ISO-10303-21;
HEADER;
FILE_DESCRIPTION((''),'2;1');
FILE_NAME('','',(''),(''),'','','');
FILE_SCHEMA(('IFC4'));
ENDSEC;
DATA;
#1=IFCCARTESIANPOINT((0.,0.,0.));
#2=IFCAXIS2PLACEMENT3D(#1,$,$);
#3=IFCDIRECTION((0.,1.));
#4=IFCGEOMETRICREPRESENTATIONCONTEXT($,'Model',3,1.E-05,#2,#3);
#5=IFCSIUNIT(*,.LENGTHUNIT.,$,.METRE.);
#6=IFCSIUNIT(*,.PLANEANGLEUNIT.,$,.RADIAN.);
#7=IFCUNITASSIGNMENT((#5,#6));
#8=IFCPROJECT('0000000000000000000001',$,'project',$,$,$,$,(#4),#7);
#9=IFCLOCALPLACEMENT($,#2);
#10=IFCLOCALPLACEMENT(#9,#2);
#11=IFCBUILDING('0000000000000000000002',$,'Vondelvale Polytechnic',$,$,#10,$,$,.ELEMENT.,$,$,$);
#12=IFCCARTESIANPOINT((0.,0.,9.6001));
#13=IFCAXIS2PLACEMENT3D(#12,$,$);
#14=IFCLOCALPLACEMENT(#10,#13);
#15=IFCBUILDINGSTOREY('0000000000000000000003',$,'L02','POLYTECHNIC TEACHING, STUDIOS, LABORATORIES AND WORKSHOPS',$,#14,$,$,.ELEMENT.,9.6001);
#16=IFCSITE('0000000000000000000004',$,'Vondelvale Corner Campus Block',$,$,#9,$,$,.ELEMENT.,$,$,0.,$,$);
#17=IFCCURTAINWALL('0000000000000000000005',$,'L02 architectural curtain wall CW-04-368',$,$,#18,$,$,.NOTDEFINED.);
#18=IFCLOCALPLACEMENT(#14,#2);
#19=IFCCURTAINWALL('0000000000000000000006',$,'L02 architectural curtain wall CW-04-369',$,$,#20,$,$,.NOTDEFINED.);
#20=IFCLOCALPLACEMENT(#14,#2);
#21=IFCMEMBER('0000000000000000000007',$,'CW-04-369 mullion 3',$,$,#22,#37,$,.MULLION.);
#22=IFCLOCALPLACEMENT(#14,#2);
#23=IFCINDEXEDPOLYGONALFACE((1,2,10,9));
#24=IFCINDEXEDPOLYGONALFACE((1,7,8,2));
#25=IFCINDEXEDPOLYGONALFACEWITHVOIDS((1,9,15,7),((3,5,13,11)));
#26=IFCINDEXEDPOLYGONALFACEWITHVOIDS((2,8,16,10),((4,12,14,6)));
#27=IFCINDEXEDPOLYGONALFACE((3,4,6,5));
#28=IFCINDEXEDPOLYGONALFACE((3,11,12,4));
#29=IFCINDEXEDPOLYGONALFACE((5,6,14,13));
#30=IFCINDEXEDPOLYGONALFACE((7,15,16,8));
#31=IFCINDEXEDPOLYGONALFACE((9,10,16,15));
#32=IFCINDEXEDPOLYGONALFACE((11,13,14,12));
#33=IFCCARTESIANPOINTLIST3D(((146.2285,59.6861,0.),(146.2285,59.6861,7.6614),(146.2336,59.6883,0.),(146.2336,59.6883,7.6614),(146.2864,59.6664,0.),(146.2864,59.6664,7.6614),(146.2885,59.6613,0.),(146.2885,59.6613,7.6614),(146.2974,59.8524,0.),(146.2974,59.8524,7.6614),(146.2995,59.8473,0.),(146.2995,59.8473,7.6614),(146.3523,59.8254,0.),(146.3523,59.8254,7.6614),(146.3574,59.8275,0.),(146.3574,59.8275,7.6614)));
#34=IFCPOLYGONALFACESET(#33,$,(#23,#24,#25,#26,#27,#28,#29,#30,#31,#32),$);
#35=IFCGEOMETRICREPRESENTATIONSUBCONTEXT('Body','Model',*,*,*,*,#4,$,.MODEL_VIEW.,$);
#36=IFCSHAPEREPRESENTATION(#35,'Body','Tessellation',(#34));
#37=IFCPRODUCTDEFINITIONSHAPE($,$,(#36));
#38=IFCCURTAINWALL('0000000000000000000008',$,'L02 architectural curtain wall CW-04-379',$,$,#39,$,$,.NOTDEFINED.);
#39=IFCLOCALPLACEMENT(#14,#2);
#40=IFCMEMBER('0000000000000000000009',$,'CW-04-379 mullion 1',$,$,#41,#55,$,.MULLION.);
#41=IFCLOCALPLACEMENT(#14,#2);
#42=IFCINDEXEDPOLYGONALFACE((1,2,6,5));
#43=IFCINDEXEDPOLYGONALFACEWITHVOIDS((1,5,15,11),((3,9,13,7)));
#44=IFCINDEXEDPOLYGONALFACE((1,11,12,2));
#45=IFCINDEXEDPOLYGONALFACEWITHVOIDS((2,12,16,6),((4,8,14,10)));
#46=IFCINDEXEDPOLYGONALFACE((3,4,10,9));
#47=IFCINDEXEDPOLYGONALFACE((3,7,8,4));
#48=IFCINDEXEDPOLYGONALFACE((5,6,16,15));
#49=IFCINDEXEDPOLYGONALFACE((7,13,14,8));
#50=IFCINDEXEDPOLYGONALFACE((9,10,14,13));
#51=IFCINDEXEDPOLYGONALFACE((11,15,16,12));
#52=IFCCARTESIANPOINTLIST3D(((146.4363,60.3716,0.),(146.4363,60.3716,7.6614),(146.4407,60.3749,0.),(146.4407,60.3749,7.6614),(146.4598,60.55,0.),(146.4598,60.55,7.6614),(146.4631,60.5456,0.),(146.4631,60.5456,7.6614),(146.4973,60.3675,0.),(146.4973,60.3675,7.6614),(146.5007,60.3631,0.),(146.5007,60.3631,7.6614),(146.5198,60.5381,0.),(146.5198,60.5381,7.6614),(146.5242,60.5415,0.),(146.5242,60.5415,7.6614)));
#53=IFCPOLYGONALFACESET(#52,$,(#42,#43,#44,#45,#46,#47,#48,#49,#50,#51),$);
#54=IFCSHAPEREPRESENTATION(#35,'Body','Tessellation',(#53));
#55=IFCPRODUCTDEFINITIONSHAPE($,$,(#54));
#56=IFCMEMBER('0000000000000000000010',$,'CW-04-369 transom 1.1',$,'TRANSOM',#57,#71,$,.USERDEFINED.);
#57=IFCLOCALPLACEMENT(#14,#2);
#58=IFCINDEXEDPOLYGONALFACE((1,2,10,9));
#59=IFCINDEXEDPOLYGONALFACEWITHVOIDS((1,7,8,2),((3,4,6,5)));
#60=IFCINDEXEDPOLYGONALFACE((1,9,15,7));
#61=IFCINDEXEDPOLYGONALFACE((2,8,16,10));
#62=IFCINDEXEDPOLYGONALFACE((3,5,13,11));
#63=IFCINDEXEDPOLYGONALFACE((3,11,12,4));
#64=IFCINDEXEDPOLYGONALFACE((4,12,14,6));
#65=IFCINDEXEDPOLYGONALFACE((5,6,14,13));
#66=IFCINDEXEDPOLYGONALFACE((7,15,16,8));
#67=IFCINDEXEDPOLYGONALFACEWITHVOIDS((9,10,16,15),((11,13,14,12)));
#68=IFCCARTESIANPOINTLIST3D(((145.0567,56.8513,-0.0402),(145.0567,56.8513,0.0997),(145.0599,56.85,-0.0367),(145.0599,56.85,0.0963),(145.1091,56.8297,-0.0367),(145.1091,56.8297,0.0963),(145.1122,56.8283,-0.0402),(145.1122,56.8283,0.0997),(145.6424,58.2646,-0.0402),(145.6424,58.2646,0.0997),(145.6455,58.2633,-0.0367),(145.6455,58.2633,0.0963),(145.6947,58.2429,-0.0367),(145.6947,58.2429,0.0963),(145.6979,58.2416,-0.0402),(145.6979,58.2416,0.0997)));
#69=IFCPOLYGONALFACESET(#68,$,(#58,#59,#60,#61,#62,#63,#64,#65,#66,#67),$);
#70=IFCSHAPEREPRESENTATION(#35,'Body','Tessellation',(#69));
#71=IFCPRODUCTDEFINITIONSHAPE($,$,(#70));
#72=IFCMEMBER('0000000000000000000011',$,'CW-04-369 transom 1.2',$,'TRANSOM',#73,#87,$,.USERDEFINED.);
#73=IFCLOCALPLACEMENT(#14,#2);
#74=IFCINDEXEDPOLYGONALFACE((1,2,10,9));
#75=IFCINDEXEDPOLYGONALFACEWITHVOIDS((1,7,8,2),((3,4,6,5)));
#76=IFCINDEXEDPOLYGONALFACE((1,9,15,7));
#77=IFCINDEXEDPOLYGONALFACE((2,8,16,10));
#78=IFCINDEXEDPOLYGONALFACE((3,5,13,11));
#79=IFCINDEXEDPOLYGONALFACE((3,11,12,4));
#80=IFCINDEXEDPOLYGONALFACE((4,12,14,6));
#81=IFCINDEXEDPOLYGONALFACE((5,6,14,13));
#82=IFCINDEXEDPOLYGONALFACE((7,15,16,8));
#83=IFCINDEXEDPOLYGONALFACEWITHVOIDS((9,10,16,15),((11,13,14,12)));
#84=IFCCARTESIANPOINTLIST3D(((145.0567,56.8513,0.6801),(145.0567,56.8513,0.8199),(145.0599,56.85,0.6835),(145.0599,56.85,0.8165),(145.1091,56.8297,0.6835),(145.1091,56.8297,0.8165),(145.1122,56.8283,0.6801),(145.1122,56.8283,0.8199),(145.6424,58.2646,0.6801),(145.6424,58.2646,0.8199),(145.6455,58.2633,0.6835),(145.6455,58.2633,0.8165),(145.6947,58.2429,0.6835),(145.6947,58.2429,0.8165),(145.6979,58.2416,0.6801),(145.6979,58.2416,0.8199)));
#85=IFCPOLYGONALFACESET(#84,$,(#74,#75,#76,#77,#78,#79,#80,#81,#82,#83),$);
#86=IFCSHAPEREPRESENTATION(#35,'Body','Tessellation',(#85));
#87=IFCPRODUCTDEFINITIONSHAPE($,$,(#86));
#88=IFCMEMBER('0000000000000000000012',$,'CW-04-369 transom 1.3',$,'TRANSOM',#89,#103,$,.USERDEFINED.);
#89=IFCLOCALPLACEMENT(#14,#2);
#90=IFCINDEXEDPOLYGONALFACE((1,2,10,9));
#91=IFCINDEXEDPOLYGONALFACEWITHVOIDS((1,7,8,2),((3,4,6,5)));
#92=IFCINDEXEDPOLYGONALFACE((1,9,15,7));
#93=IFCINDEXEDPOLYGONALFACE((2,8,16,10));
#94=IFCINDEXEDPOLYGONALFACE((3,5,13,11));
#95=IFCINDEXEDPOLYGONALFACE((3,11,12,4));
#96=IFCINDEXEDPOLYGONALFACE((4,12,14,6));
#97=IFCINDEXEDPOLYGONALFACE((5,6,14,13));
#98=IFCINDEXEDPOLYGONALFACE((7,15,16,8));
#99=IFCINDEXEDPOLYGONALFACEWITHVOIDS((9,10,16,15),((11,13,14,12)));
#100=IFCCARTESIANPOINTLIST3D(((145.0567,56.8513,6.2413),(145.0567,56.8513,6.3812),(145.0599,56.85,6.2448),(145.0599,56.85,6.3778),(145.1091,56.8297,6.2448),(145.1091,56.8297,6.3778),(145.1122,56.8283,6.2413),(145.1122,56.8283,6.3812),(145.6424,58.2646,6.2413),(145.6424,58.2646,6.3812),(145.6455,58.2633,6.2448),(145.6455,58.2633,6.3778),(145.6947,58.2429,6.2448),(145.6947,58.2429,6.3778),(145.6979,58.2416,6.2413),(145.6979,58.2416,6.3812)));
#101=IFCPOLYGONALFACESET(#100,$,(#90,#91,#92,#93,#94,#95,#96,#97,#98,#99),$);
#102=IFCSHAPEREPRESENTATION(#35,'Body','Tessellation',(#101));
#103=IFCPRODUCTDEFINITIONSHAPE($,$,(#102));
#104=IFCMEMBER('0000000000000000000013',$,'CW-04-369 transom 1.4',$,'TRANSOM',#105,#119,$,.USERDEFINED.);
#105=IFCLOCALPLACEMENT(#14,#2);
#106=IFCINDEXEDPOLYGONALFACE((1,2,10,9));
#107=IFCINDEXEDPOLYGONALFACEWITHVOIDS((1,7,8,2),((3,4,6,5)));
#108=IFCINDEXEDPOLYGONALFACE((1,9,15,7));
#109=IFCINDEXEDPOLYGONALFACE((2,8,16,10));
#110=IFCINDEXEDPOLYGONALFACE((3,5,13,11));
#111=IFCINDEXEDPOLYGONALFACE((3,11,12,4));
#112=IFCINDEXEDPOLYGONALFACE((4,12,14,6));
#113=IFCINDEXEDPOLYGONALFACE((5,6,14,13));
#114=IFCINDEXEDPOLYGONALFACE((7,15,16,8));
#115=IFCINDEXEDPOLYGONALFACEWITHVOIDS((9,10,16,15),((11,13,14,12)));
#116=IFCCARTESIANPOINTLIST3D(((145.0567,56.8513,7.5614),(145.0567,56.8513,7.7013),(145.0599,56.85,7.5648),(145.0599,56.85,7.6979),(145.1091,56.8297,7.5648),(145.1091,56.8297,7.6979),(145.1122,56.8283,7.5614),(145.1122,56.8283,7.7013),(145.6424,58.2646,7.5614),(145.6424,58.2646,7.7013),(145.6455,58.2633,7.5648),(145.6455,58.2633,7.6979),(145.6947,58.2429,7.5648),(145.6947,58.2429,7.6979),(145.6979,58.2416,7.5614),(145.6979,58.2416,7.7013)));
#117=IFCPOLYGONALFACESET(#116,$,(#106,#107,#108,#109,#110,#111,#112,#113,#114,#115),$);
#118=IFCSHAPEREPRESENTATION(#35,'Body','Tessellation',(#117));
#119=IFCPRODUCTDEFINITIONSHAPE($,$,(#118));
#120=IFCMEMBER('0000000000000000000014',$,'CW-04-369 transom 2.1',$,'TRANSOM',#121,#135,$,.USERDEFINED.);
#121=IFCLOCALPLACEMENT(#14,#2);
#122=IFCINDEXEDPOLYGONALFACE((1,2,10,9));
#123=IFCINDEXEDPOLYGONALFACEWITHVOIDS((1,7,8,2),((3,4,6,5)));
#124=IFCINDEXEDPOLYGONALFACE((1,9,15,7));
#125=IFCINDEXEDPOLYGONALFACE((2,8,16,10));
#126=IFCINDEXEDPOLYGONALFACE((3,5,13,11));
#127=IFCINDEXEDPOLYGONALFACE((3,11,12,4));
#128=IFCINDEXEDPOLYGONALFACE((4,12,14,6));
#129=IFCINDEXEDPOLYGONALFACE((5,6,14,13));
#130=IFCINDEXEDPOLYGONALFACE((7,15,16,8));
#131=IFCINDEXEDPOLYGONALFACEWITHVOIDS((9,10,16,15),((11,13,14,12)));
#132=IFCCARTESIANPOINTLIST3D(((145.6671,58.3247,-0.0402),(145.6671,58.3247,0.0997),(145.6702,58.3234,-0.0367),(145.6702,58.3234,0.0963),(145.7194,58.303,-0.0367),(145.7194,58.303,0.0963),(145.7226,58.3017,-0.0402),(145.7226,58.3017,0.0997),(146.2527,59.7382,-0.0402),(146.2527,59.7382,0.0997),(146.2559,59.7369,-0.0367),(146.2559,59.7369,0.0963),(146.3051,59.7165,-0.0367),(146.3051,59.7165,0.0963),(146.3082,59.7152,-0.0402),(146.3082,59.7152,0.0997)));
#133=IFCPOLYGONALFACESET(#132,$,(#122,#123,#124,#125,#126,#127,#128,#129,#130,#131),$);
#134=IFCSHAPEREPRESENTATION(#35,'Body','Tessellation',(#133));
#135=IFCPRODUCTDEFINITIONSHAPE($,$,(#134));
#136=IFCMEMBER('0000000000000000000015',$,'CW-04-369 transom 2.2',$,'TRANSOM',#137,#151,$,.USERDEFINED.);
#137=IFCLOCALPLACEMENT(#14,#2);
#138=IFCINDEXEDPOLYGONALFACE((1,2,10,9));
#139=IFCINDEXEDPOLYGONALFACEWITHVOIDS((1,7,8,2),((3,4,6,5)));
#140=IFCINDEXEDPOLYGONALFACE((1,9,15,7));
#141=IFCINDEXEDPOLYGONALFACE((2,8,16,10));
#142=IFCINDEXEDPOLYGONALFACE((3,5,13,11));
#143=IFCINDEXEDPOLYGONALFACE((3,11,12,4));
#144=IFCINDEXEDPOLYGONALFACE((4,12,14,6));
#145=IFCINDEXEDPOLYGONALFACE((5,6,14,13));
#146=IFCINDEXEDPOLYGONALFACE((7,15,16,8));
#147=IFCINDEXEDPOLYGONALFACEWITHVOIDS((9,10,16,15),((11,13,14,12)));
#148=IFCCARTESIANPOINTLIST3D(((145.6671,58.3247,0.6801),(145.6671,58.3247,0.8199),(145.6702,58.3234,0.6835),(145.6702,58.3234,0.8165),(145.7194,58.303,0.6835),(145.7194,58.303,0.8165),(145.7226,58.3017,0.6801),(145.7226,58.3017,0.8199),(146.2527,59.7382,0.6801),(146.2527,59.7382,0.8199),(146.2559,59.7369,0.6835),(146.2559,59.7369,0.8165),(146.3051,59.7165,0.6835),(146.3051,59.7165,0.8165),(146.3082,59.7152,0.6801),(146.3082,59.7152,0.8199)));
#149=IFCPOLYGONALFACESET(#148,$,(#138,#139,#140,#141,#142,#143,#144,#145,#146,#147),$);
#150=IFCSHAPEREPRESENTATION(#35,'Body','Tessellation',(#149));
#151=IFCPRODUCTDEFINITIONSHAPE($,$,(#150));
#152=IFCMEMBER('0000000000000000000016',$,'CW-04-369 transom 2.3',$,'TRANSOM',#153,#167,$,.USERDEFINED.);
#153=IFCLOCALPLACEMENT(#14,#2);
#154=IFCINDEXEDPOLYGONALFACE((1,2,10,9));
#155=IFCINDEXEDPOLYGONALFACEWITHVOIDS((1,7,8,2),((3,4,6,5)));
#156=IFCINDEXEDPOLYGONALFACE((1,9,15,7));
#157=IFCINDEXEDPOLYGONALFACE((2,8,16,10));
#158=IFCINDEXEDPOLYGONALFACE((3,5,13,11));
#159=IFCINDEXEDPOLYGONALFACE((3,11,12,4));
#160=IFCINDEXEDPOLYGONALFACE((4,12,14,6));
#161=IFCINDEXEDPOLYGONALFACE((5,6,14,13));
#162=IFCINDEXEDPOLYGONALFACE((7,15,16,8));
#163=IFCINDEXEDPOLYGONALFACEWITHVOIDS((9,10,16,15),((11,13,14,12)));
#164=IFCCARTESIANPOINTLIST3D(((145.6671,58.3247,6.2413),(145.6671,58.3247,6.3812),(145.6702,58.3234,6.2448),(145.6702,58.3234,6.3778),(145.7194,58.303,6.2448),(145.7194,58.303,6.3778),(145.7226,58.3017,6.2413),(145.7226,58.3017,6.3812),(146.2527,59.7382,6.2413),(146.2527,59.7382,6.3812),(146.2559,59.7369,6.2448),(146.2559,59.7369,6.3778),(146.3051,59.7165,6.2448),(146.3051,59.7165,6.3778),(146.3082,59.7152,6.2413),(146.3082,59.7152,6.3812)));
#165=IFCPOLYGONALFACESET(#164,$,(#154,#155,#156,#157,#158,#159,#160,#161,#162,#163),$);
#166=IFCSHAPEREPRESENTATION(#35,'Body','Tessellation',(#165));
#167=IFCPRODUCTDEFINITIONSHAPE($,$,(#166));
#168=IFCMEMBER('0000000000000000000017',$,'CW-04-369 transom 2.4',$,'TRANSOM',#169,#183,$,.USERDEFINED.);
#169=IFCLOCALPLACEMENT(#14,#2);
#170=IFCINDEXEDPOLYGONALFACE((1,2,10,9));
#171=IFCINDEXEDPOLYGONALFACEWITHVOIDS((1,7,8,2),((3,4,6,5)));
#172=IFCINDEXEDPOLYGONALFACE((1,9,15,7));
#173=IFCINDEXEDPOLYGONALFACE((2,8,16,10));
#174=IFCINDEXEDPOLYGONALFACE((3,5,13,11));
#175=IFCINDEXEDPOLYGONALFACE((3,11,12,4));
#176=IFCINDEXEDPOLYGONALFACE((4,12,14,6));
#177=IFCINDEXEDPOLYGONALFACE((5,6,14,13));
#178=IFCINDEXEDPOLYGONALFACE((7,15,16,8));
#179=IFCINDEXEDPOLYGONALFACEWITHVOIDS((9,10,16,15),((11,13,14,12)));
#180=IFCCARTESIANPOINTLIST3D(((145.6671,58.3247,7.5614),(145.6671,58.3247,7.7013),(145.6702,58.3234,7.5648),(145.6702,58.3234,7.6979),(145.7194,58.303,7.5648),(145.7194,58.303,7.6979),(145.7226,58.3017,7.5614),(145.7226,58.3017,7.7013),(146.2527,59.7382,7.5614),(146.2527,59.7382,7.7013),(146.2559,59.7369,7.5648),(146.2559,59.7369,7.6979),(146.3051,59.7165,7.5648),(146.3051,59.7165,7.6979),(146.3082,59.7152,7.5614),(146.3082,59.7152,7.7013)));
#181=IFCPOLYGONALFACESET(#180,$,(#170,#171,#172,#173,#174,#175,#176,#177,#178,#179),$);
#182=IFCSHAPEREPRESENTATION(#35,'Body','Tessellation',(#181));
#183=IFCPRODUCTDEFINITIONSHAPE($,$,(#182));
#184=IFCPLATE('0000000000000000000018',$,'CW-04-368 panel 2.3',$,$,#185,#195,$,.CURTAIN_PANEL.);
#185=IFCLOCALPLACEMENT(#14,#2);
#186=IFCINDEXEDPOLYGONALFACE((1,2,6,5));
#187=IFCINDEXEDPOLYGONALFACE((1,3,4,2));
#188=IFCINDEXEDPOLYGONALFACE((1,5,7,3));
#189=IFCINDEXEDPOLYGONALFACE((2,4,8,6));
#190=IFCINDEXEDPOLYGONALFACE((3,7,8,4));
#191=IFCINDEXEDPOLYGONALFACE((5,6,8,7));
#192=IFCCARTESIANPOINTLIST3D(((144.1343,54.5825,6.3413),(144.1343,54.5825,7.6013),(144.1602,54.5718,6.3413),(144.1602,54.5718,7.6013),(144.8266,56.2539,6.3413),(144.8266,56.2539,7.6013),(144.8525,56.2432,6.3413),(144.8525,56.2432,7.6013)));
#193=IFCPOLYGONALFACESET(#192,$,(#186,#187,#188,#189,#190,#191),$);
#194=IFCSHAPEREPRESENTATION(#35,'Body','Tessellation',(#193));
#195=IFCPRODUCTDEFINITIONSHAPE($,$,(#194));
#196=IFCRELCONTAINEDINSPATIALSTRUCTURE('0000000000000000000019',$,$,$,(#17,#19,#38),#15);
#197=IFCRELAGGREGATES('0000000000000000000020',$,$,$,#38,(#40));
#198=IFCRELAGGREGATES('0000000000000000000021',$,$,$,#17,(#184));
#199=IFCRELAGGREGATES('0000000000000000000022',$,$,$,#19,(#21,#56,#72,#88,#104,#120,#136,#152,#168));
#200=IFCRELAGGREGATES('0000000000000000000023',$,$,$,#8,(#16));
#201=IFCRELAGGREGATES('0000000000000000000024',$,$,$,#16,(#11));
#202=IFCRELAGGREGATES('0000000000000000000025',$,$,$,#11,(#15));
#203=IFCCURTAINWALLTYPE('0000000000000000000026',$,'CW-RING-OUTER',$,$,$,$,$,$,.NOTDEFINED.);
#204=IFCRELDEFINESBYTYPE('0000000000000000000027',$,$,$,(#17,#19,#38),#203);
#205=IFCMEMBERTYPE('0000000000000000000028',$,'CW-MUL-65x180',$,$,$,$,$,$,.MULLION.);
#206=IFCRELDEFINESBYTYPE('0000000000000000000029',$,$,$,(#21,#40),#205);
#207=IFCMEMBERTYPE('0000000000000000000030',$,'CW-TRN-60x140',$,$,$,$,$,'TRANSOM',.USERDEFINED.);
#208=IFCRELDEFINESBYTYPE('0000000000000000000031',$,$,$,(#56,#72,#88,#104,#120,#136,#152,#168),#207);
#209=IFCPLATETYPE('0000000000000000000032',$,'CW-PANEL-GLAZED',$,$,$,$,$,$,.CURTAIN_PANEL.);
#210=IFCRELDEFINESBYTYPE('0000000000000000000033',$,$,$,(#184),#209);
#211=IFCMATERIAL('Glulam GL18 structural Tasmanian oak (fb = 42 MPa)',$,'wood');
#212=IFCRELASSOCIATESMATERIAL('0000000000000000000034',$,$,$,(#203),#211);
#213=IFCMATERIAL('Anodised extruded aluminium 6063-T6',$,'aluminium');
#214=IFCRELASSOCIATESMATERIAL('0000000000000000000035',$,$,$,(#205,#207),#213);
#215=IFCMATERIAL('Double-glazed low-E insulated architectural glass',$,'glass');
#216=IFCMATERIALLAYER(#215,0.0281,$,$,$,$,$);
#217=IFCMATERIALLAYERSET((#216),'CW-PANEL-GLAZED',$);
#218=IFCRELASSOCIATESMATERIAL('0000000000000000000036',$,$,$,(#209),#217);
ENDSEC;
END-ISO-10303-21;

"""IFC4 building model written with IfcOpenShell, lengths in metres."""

from ifc_helpers import new_model, si_unit, direction, frame, origin, origin_2d, place, context, subcontext, project, spatial, rectangle, hollow_rectangle, extrude, material, layer, layer_set, material_profile, profile_set, type_object, element, aggregate, save


model = new_model("IFC4")

# Units and contexts
model_context = context("Model", 3, precision=1e-05, world=origin(), true_north=direction((0.0, 1.0)))
body_context = subcontext(model_context, "Body", "Model", "MODEL_VIEW")
ifc_project = project(units=[si_unit("LENGTHUNIT", "METRE"), si_unit("PLANEANGLEUNIT", "RADIAN")], contexts=[model_context])

# Site, building, storey
site_placement = place(None, origin())
site = spatial("IfcSite", under=ifc_project, at=site_placement, Name="Vondelvale Corner Campus Block", CompositionType="ELEMENT", RefElevation=0.0)
building_placement = place(site_placement, origin())
building = spatial("IfcBuilding", under=site, at=building_placement, Name="Vondelvale Polytechnic", CompositionType="ELEMENT")
storey_placement = place(building_placement, frame((0.0, 0.0, 9.6001)))
storey = spatial("IfcBuildingStorey", under=building, at=storey_placement, Name="L02", Description="POLYTECHNIC TEACHING, STUDIOS, LABORATORIES AND WORKSHOPS", CompositionType="ELEMENT", Elevation=9.6001)

# Shared definitions
ifc_material_1 = material(Name="Glulam GL18 structural Tasmanian oak (fb = 42 MPa)", Category="wood")

# Curtain wall
curtain_wall_type = type_object("IfcCurtainWallType", Name="CW-RING-OUTER", PredefinedType="NOTDEFINED", material=ifc_material_1)
curtain_wall_1_placement = place(storey_placement, origin())
curtain_wall_1 = element("IfcCurtainWall", 1, at=curtain_wall_1_placement, inside=storey, type_object=curtain_wall_type, Name="L02 architectural curtain wall CW-04-368", PredefinedType="NOTDEFINED")
ifc_material_2 = material(Name="Anodised extruded aluminium 6063-T6", Category="aluminium")
ifc_material_profile_1 = material_profile(ifc_material_2, hollow_rectangle(XDim=0.0649, YDim=0.1799, WallThickness=0.0039, at=origin_2d()), Name="CW-MUL-180x65")
ifc_profile_set_1 = profile_set([ifc_material_profile_1], Name="Anodised extruded aluminium 6063-T6")
member_type_1 = type_object("IfcMemberType", Name="CW-MUL-65x180", PredefinedType="MULLION", material=ifc_profile_set_1)

# Curtain wall, member
curtain_wall_2_placement = place(storey_placement, origin())
curtain_wall_2 = element("IfcCurtainWall", 2, at=curtain_wall_2_placement, inside=storey, type_object=curtain_wall_type, Name="L02 architectural curtain wall CW-04-369", PredefinedType="NOTDEFINED")
member_1_placement = place(storey_placement, frame((146.293, 59.7568, 0.0), z_axis=(0.0, 0.0, 1.0), x_axis=(-0.923882, 0.382677, 0.0)))
member_1 = element("IfcMember", 3, at=member_1_placement, type_object=member_type_1, Name="CW-04-369 mullion 3", PredefinedType="MULLION", context=body_context, shape_type="SweptSolid", body=[
    extrude(hollow_rectangle(XDim=0.0649, YDim=0.1799, WallThickness=0.0039, at=origin_2d()), origin(), (0.0, 0.0, 1.0), 7.6614),
])

# Curtain wall, member
curtain_wall_3_placement = place(storey_placement, origin())
curtain_wall_3 = element("IfcCurtainWall", 4, at=curtain_wall_3_placement, inside=storey, type_object=curtain_wall_type, Name="L02 architectural curtain wall CW-04-379", PredefinedType="NOTDEFINED")
member_2_placement = place(storey_placement, frame((146.4802, 60.4565, 0.0), z_axis=(0.0, 0.0, 1.0), x_axis=(-0.991443, 0.13054, 0.0)))
member_2 = element("IfcMember", 5, at=member_2_placement, type_object=member_type_1, Name="CW-04-379 mullion 1", PredefinedType="MULLION", context=body_context, shape_type="SweptSolid", body=[
    extrude(hollow_rectangle(XDim=0.0649, YDim=0.1799, WallThickness=0.0039, at=origin_2d()), origin(), (0.0, 0.0, 1.0), 7.6614),
])
aggregate(curtain_wall_3, [member_2])

# Members
ifc_material_profile_2 = material_profile(ifc_material_2, hollow_rectangle(XDim=0.0601, YDim=0.1399, WallThickness=0.0034, at=origin_2d()), Name="CW-TRN-140x60")
ifc_profile_set_2 = profile_set([ifc_material_profile_2], Name="Anodised extruded aluminium 6063-T6")
member_type_2 = type_object("IfcMemberType", Name="CW-TRN-60x140", ElementType="TRANSOM", PredefinedType="USERDEFINED", material=ifc_profile_set_2)
member_3_placement = place(storey_placement, frame((145.0845, 56.8398, 0.0298), z_axis=(0.382836, 0.923816, 0.0), x_axis=(-0.923816, 0.382836, 0.0)))
member_3 = element("IfcMember", 6, at=member_3_placement, type_object=member_type_2, Name="CW-04-369 transom 1.1", ObjectType="TRANSOM", PredefinedType="USERDEFINED", context=body_context, shape_type="SweptSolid", body=[
    extrude(hollow_rectangle(XDim=0.0601, YDim=0.1399, WallThickness=0.0034, at=origin_2d()), origin(), (0.0, 0.0, 1.0), 1.5298),
])
member_4_placement = place(storey_placement, frame((145.0845, 56.8398, 0.75), z_axis=(0.382836, 0.923816, 0.0), x_axis=(-0.923816, 0.382836, 0.0)))
member_4 = element("IfcMember", 7, at=member_4_placement, type_object=member_type_2, Name="CW-04-369 transom 1.2", ObjectType="TRANSOM", PredefinedType="USERDEFINED", context=body_context, shape_type="SweptSolid", body=[
    extrude(hollow_rectangle(XDim=0.0601, YDim=0.1399, WallThickness=0.0034, at=origin_2d()), origin(), (0.0, 0.0, 1.0), 1.5298),
])
member_5_placement = place(storey_placement, frame((145.0845, 56.8398, 6.3113), z_axis=(0.382836, 0.923816, 0.0), x_axis=(-0.923816, 0.382836, 0.0)))
member_5 = element("IfcMember", 8, at=member_5_placement, type_object=member_type_2, Name="CW-04-369 transom 1.3", ObjectType="TRANSOM", PredefinedType="USERDEFINED", context=body_context, shape_type="SweptSolid", body=[
    extrude(hollow_rectangle(XDim=0.0601, YDim=0.1399, WallThickness=0.0034, at=origin_2d()), origin(), (0.0, 0.0, 1.0), 1.5298),
])
member_6_placement = place(storey_placement, frame((145.0845, 56.8398, 7.6313), z_axis=(0.382836, 0.923816, 0.0), x_axis=(-0.923816, 0.382836, 0.0)))
member_6 = element("IfcMember", 9, at=member_6_placement, type_object=member_type_2, Name="CW-04-369 transom 1.4", ObjectType="TRANSOM", PredefinedType="USERDEFINED", context=body_context, shape_type="SweptSolid", body=[
    extrude(hollow_rectangle(XDim=0.0601, YDim=0.1399, WallThickness=0.0034, at=origin_2d()), origin(), (0.0, 0.0, 1.0), 1.5298),
])
member_7_placement = place(storey_placement, frame((145.6948, 58.3132, 0.0298), z_axis=(0.382779, 0.92384, 0.0), x_axis=(-0.92384, 0.382779, 0.0)))
member_7 = element("IfcMember", 10, at=member_7_placement, type_object=member_type_2, Name="CW-04-369 transom 2.1", ObjectType="TRANSOM", PredefinedType="USERDEFINED", context=body_context, shape_type="SweptSolid", body=[
    extrude(hollow_rectangle(XDim=0.0601, YDim=0.1399, WallThickness=0.0034, at=origin_2d()), origin(), (0.0, 0.0, 1.0), 1.53),
])
member_8_placement = place(storey_placement, frame((145.6948, 58.3132, 0.75), z_axis=(0.382779, 0.92384, 0.0), x_axis=(-0.92384, 0.382779, 0.0)))
member_8 = element("IfcMember", 11, at=member_8_placement, type_object=member_type_2, Name="CW-04-369 transom 2.2", ObjectType="TRANSOM", PredefinedType="USERDEFINED", context=body_context, shape_type="SweptSolid", body=[
    extrude(hollow_rectangle(XDim=0.0601, YDim=0.1399, WallThickness=0.0034, at=origin_2d()), origin(), (0.0, 0.0, 1.0), 1.53),
])
member_9_placement = place(storey_placement, frame((145.6948, 58.3132, 6.3113), z_axis=(0.382779, 0.92384, 0.0), x_axis=(-0.92384, 0.382779, 0.0)))
member_9 = element("IfcMember", 12, at=member_9_placement, type_object=member_type_2, Name="CW-04-369 transom 2.3", ObjectType="TRANSOM", PredefinedType="USERDEFINED", context=body_context, shape_type="SweptSolid", body=[
    extrude(hollow_rectangle(XDim=0.0601, YDim=0.1399, WallThickness=0.0034, at=origin_2d()), origin(), (0.0, 0.0, 1.0), 1.53),
])
member_10_placement = place(storey_placement, frame((145.6948, 58.3132, 7.6313), z_axis=(0.382779, 0.92384, 0.0), x_axis=(-0.92384, 0.382779, 0.0)))
member_10 = element("IfcMember", 13, at=member_10_placement, type_object=member_type_2, Name="CW-04-369 transom 2.4", ObjectType="TRANSOM", PredefinedType="USERDEFINED", context=body_context, shape_type="SweptSolid", body=[
    extrude(hollow_rectangle(XDim=0.0601, YDim=0.1399, WallThickness=0.0034, at=origin_2d()), origin(), (0.0, 0.0, 1.0), 1.53),
])

# Plate
ifc_material_3 = material(Name="Double-glazed low-E insulated architectural glass", Category="glass")
ifc_layer_1 = layer(ifc_material_3, 0.0281)
ifc_layer_set_1 = layer_set([ifc_layer_1], Name="CW-PANEL-GLAZED")
plate_type_1 = type_object("IfcPlateType", Name="CW-PANEL-GLAZED", PredefinedType="CURTAIN_PANEL", material=ifc_layer_set_1)
plate_1_placement = place(storey_placement, frame((144.4934, 55.4128, 6.3413), z_axis=(0.0, 0.0, 1.0), x_axis=(0.382695, 0.923875, 0.0)))
plate_1 = element("IfcPlate", 14, at=plate_1_placement, type_object=plate_type_1, Name="CW-04-368 panel 2.3", PredefinedType="CURTAIN_PANEL", context=body_context, shape_type="SweptSolid", body=[
    extrude(rectangle(XDim=1.8091, YDim=0.0281, at=origin_2d()), origin(), (0.0, 0.0, 1.0), 1.26),
])
aggregate(curtain_wall_1, [plate_1])
aggregate(curtain_wall_2, [member_1, member_3, member_4, member_5, member_6, member_7, member_8, member_9, member_10])

save(model, "model.ifc")
